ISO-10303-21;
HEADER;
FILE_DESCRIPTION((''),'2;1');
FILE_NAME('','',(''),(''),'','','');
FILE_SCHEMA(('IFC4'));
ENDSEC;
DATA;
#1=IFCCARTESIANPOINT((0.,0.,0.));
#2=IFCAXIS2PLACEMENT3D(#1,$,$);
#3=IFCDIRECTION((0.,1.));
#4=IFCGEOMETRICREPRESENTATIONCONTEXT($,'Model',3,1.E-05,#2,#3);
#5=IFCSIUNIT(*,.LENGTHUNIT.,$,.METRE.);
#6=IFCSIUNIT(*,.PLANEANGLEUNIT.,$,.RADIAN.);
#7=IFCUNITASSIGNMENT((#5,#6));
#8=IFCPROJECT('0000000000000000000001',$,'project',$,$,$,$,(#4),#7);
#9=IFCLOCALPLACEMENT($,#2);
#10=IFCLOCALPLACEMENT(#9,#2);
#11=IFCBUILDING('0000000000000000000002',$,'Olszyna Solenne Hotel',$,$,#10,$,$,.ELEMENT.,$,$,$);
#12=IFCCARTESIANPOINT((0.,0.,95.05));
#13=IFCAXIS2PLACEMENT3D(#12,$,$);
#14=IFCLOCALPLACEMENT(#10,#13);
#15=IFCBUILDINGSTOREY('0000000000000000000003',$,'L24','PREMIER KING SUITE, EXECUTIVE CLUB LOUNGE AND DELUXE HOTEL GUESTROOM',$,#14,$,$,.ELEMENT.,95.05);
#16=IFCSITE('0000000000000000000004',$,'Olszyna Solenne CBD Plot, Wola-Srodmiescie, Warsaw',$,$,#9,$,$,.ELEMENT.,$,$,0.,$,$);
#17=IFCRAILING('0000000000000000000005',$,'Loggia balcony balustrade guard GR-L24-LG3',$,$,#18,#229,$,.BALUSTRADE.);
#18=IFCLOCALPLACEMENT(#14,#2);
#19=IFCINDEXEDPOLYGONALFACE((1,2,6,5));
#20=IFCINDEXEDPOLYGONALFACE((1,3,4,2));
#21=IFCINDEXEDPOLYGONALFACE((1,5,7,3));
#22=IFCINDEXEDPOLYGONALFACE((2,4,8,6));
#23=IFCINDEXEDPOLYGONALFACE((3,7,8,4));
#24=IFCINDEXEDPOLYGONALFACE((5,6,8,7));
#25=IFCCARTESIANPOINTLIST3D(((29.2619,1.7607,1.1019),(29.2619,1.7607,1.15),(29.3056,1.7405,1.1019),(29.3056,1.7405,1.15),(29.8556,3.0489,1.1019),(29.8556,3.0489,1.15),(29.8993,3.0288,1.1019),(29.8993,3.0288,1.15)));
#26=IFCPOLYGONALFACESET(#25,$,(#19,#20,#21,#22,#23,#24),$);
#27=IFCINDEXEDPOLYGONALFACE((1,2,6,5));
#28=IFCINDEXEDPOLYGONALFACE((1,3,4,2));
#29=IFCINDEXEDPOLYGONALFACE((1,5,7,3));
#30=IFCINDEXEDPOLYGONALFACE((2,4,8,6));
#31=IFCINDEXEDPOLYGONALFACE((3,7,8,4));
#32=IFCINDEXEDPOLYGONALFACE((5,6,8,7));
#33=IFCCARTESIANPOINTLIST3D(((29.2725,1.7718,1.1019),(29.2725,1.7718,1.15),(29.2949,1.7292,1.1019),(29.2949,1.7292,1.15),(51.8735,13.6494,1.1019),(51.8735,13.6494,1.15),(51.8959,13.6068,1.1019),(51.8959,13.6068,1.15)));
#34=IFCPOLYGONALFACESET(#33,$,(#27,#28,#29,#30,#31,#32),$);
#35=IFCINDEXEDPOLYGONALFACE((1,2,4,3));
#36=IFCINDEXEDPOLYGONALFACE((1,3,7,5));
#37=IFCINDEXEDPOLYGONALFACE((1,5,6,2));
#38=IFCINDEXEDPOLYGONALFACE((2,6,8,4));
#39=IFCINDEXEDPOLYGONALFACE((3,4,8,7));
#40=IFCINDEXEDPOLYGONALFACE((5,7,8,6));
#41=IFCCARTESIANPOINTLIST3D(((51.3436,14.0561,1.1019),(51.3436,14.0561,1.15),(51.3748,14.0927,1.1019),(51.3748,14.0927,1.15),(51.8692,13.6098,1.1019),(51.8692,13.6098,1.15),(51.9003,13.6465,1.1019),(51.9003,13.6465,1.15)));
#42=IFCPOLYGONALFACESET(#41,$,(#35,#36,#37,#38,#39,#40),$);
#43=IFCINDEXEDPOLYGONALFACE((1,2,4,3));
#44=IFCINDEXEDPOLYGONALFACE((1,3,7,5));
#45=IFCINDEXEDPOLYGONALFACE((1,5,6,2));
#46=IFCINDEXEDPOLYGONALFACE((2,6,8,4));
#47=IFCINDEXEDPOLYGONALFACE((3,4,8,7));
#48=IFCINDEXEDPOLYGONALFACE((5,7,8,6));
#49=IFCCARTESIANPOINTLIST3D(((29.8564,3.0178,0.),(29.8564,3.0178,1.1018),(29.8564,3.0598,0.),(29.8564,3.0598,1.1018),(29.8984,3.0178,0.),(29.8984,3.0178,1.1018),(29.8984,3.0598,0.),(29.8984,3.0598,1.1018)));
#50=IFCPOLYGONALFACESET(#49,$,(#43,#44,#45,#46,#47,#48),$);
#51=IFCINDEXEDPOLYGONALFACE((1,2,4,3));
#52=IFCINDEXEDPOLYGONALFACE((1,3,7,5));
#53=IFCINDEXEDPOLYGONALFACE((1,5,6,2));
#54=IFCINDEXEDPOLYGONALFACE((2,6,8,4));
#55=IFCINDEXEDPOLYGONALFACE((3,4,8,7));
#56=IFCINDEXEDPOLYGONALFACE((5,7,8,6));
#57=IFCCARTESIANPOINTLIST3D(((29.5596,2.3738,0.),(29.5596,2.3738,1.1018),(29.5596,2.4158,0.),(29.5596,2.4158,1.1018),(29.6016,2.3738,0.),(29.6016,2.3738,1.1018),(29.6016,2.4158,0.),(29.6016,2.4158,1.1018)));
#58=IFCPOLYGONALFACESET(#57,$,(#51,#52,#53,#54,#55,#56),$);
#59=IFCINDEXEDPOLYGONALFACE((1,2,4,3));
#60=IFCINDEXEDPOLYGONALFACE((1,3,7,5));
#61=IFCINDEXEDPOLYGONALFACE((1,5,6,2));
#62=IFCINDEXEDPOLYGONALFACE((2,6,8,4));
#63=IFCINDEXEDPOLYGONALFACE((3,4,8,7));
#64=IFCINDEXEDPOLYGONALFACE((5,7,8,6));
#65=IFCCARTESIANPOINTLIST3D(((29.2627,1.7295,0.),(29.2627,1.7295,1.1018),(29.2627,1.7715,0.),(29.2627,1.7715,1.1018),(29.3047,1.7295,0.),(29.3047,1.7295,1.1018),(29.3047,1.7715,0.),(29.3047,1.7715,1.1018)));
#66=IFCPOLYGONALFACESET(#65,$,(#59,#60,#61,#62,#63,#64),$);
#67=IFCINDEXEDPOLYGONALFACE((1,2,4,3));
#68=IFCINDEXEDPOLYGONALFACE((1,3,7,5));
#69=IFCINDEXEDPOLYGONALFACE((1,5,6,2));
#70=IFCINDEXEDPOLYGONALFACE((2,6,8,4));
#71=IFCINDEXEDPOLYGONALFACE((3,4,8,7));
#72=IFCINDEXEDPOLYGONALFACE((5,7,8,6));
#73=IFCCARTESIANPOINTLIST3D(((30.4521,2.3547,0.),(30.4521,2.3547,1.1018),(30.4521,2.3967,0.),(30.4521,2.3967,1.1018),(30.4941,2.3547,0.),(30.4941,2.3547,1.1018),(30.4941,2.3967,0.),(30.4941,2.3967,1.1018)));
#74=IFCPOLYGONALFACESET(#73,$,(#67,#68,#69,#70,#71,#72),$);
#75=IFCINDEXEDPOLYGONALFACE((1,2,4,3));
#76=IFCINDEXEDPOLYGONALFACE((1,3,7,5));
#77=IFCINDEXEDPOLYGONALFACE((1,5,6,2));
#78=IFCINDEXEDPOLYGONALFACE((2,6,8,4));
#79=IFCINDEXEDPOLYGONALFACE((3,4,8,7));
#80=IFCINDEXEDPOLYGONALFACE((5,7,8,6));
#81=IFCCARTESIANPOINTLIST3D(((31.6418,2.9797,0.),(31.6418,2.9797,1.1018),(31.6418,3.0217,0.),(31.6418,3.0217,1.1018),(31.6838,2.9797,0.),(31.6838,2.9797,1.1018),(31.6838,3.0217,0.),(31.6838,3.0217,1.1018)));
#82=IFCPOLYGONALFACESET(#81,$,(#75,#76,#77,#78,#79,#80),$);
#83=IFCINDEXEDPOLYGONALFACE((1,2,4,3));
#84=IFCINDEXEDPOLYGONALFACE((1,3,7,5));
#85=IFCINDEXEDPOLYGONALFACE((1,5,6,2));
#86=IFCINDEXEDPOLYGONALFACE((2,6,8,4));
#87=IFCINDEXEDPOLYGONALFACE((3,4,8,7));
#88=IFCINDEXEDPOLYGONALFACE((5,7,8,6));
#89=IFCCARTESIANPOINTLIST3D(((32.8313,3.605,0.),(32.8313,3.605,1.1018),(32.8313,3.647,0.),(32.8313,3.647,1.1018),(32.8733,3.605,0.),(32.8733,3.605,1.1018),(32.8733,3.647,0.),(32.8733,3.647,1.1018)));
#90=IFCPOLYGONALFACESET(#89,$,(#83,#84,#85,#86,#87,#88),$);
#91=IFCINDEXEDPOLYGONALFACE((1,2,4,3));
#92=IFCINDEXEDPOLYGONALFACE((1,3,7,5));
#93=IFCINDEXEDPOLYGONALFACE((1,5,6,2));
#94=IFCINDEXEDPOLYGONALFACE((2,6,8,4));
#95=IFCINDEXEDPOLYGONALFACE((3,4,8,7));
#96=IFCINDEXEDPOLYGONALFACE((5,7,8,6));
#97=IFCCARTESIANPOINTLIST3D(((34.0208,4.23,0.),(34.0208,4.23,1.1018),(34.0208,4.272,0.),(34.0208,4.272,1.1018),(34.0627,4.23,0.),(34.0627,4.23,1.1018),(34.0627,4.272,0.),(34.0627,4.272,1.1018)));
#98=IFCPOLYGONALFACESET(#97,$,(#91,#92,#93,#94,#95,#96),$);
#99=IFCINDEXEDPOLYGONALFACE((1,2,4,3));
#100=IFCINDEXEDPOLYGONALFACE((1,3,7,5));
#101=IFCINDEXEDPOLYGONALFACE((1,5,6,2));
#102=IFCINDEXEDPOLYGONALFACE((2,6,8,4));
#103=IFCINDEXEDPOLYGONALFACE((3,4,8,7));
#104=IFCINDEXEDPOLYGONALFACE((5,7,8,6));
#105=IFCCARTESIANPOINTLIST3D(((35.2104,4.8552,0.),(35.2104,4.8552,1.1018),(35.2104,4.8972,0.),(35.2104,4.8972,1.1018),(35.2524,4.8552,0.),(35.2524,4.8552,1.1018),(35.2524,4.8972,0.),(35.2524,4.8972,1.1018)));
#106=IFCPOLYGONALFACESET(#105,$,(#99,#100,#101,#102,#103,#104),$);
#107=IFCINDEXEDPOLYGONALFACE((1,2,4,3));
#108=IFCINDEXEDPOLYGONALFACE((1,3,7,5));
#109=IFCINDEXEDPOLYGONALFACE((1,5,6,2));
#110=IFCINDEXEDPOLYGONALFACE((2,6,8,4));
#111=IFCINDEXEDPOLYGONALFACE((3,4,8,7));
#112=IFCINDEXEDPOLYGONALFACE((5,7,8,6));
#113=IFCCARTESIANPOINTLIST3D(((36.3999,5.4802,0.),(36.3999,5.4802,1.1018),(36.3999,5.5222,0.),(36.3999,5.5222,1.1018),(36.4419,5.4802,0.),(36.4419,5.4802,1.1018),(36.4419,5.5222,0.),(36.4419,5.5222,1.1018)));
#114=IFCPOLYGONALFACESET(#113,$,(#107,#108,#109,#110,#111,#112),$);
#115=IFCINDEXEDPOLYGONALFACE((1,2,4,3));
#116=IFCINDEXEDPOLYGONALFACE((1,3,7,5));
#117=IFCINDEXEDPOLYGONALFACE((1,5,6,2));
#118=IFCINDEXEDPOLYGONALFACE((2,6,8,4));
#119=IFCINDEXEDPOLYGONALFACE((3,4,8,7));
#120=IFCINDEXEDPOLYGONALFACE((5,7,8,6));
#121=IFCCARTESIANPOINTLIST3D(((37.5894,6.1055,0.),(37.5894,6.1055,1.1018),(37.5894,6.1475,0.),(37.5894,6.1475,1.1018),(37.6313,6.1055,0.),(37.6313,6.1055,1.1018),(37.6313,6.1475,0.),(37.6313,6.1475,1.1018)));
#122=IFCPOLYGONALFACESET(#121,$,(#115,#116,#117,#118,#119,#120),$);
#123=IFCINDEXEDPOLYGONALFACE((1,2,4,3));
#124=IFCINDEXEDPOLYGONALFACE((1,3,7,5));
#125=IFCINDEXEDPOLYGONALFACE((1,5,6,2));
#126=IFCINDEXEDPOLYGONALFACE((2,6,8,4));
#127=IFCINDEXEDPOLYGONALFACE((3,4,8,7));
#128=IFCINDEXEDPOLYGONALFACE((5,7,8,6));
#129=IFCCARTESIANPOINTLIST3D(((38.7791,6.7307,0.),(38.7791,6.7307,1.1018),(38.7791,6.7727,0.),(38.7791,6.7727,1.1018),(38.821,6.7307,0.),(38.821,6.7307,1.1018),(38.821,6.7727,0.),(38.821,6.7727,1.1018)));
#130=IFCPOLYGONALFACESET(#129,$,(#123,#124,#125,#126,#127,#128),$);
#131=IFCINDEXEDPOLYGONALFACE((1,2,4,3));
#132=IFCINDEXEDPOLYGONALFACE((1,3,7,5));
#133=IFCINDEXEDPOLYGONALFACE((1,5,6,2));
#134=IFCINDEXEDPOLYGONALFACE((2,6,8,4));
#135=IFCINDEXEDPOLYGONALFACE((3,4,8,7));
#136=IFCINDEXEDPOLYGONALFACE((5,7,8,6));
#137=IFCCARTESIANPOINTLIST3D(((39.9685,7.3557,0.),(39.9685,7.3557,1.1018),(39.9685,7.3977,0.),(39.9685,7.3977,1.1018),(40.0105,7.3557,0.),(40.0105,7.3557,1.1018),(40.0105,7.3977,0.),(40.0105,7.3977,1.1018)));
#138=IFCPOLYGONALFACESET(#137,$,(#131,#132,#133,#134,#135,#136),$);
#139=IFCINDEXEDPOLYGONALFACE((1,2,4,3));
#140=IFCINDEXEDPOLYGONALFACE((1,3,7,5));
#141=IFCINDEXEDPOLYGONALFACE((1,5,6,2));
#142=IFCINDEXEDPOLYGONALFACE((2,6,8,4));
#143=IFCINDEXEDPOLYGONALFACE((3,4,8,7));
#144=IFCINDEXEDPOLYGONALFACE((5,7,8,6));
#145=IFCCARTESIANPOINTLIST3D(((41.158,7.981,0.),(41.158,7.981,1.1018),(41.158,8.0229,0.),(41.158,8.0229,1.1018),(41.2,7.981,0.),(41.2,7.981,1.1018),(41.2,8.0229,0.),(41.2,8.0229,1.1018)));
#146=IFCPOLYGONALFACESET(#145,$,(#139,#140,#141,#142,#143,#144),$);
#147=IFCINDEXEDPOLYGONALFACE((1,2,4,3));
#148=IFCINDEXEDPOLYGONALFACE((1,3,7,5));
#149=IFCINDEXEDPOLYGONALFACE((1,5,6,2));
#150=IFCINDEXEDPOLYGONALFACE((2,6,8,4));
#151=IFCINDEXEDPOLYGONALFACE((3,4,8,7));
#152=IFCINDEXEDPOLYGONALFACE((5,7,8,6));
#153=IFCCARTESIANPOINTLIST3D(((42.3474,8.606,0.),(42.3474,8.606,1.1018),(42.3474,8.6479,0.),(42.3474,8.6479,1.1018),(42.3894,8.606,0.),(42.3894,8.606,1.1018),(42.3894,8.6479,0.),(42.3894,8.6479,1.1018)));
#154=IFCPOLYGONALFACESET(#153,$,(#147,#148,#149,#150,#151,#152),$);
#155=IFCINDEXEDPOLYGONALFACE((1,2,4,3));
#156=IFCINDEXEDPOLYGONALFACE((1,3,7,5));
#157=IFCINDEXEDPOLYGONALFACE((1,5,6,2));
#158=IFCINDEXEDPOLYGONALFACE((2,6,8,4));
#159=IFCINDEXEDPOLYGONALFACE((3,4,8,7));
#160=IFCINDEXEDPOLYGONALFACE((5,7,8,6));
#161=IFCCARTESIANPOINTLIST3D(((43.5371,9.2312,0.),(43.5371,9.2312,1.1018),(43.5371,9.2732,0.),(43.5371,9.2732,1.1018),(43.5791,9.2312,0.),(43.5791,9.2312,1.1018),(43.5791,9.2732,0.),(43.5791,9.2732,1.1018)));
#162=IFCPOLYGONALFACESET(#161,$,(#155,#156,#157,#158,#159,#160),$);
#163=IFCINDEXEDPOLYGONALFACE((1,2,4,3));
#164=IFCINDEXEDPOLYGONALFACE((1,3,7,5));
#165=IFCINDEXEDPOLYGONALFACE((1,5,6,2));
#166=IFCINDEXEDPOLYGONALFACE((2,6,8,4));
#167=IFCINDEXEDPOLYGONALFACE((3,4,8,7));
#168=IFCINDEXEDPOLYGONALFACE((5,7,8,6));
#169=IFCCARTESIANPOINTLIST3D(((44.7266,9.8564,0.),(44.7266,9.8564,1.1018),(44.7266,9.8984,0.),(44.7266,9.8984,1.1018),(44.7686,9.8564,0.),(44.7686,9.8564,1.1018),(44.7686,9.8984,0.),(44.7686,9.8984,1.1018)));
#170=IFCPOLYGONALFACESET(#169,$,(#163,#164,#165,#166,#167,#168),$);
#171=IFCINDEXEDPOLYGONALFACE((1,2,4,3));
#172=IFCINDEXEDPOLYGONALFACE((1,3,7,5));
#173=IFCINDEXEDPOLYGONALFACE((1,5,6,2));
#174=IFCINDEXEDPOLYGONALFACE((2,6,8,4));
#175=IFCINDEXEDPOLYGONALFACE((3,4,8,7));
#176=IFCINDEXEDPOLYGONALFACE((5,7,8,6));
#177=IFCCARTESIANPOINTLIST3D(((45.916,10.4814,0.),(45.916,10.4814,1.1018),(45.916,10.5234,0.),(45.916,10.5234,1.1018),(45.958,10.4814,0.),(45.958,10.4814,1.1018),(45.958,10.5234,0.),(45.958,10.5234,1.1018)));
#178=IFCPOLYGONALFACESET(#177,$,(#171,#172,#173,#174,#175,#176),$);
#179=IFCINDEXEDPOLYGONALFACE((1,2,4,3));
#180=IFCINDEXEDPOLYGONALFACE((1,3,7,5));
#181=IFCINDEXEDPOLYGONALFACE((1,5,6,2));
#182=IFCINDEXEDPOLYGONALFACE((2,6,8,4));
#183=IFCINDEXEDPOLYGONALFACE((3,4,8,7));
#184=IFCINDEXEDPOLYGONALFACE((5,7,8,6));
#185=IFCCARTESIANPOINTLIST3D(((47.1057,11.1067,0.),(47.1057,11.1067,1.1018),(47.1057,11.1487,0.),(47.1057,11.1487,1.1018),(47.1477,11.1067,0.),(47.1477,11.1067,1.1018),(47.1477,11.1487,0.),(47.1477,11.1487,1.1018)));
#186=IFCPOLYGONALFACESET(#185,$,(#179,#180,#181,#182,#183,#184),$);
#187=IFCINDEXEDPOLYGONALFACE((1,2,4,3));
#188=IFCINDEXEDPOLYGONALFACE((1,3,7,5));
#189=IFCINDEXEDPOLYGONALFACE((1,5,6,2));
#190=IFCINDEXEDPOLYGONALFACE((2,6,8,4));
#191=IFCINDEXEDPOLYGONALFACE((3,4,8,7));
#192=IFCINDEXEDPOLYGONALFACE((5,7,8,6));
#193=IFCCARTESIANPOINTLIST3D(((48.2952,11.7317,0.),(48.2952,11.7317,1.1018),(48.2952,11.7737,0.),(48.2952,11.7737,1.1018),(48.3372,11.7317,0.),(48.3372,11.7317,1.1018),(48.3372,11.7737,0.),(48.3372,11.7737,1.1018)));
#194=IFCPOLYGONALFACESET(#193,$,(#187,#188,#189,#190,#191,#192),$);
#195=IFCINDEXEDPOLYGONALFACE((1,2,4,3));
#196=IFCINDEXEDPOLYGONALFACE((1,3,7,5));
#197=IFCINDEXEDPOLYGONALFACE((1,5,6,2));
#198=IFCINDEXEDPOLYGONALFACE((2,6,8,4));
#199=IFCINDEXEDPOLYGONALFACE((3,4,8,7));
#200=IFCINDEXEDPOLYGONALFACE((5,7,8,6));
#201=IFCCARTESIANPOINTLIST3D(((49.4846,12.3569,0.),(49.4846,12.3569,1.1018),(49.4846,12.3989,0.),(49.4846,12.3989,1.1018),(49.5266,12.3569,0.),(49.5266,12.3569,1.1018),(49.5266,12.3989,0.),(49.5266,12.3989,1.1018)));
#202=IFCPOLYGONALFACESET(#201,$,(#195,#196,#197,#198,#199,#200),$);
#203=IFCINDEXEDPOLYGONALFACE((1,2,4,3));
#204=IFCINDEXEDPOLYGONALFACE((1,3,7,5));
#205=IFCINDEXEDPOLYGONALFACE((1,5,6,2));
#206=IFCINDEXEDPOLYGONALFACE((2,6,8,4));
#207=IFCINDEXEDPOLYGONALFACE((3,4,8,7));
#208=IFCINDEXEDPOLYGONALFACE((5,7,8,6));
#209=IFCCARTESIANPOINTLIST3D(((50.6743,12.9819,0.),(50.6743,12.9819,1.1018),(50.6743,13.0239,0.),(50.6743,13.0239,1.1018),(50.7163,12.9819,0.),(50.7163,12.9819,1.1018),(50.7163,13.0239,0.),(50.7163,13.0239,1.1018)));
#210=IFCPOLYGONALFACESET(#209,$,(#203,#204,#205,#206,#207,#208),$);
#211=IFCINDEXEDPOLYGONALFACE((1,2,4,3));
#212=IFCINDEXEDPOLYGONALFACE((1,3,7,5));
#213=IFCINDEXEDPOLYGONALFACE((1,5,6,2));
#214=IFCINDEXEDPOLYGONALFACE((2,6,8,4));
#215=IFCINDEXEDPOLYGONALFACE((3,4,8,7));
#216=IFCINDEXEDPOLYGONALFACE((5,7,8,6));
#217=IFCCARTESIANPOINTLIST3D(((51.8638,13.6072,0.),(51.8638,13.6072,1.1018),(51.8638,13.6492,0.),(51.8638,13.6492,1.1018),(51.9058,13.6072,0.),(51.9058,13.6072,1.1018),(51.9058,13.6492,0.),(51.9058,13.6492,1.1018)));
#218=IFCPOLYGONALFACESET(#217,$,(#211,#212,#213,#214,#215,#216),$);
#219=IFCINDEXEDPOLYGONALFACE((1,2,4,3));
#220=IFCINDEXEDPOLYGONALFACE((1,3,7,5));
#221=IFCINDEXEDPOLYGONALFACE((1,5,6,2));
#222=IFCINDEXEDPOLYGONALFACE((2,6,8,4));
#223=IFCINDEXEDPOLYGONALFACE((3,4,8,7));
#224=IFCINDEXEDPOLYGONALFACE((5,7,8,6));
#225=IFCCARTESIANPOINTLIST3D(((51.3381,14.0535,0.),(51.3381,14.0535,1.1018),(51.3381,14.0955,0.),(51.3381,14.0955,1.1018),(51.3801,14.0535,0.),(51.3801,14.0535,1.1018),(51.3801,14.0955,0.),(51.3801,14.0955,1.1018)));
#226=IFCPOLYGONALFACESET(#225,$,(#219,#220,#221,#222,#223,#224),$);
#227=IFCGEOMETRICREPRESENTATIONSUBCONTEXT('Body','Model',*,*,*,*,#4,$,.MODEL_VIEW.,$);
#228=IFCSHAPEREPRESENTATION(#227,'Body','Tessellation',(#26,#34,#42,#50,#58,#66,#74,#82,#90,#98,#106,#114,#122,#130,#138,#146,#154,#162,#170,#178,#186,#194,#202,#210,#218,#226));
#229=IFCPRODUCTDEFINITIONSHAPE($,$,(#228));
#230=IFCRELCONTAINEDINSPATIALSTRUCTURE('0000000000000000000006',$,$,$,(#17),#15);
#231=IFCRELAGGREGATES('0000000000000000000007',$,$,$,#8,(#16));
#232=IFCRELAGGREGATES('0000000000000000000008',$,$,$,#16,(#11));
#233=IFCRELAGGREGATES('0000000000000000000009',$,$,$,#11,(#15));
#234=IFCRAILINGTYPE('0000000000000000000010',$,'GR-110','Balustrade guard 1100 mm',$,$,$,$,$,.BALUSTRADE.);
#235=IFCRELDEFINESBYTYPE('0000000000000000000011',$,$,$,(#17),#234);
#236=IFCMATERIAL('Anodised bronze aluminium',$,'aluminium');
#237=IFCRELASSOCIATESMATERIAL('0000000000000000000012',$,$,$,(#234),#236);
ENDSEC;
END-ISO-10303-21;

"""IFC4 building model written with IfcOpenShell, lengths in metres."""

from ifc_helpers import new_model, si_unit, direction, frame, origin, origin_2d, place, context, subcontext, project, spatial, rectangle, extrude, material, type_object, element, save


model = new_model("IFC4")

# Units and contexts
model_context = context("Model", 3, precision=1e-05, world=origin(), true_north=direction((0.0, 1.0)))
body_context = subcontext(model_context, "Body", "Model", "MODEL_VIEW")
ifc_project = project(units=[si_unit("LENGTHUNIT", "METRE"), si_unit("PLANEANGLEUNIT", "RADIAN")], contexts=[model_context])

# Site, building, storey
site_placement = place(None, origin())
site = spatial("IfcSite", under=ifc_project, at=site_placement, Name="Olszyna Solenne CBD Plot, Wola-Srodmiescie, Warsaw", CompositionType="ELEMENT", RefElevation=0.0)
building_placement = place(site_placement, origin())
building = spatial("IfcBuilding", under=site, at=building_placement, Name="Olszyna Solenne Hotel", CompositionType="ELEMENT")
storey_placement = place(building_placement, frame((0.0, 0.0, 95.05)))
storey = spatial("IfcBuildingStorey", under=building, at=storey_placement, Name="L24", Description="PREMIER KING SUITE, EXECUTIVE CLUB LOUNGE AND DELUXE HOTEL GUESTROOM", CompositionType="ELEMENT", Elevation=95.05)

# Shared definitions
ifc_material_1 = material(Name="Anodised bronze aluminium", Category="aluminium")

# Railing
railing_type = type_object("IfcRailingType", Name="GR-110", Description="Balustrade guard 1100 mm", PredefinedType="BALUSTRADE", material=ifc_material_1)
railing_placement = place(storey_placement, frame((29.8774, 3.0388, 0.0)))
element("IfcRailing", 1, at=railing_placement, inside=storey, type_object=railing_type, Name="Loggia balcony balustrade guard GR-L24-LG3", PredefinedType="BALUSTRADE", context=body_context, shape_type="SweptSolid", body=[
    extrude(rectangle(XDim=0.0481, YDim=0.0481, at=origin_2d()), frame((0.0, 0.0, 1.126), z_axis=(-0.418556, -0.908191, 0.0), x_axis=(0.908191, -0.418556, 0.0)), (0.0, 0.0, 1.0), 1.4185),
    extrude(rectangle(XDim=0.0481, YDim=0.0481, at=origin_2d()), frame((-0.5938, -1.2883, 1.126), z_axis=(0.885202, 0.465206, 0.0), x_axis=(-0.465206, 0.885202, 0.0)), (0.0, 0.0, 1.0), 25.532),
    extrude(rectangle(XDim=0.0481, YDim=0.0481, at=origin_2d()), frame((22.0073, 10.5894, 1.126), z_axis=(-0.762297, 0.647227, 0.0), x_axis=(-0.647227, -0.762297, 0.0)), (0.0, 0.0, 1.0), 0.6895),
    extrude(rectangle(XDim=0.042, YDim=0.042, at=origin_2d()), origin(), (0.0, 0.0, 1.0), 1.1018),
    extrude(rectangle(XDim=0.042, YDim=0.042, at=origin_2d()), frame((-0.2969, -0.644, 0.0)), (0.0, 0.0, 1.0), 1.1018),
    extrude(rectangle(XDim=0.042, YDim=0.042, at=origin_2d()), frame((-0.5938, -1.2883, 0.0)), (0.0, 0.0, 1.0), 1.1018),
    extrude(rectangle(XDim=0.042, YDim=0.042, at=origin_2d()), frame((0.5957, -0.6631, 0.0)), (0.0, 0.0, 1.0), 1.1018),
    extrude(rectangle(XDim=0.042, YDim=0.042, at=origin_2d()), frame((1.7854, -0.0381, 0.0)), (0.0, 0.0, 1.0), 1.1018),
    extrude(rectangle(XDim=0.042, YDim=0.042, at=origin_2d()), frame((2.9749, 0.5872, 0.0)), (0.0, 0.0, 1.0), 1.1018),
    extrude(rectangle(XDim=0.042, YDim=0.042, at=origin_2d()), frame((4.1643, 1.2122, 0.0)), (0.0, 0.0, 1.0), 1.1018),
    extrude(rectangle(XDim=0.042, YDim=0.042, at=origin_2d()), frame((5.354, 1.8374, 0.0)), (0.0, 0.0, 1.0), 1.1018),
    extrude(rectangle(XDim=0.042, YDim=0.042, at=origin_2d()), frame((6.5435, 2.4624, 0.0)), (0.0, 0.0, 1.0), 1.1018),
    extrude(rectangle(XDim=0.042, YDim=0.042, at=origin_2d()), frame((7.7329, 3.0876, 0.0)), (0.0, 0.0, 1.0), 1.1018),
    extrude(rectangle(XDim=0.042, YDim=0.042, at=origin_2d()), frame((8.9226, 3.7129, 0.0)), (0.0, 0.0, 1.0), 1.1018),
    extrude(rectangle(XDim=0.042, YDim=0.042, at=origin_2d()), frame((10.1121, 4.3379, 0.0)), (0.0, 0.0, 1.0), 1.1018),
    extrude(rectangle(XDim=0.042, YDim=0.042, at=origin_2d()), frame((11.3015, 4.9631, 0.0)), (0.0, 0.0, 1.0), 1.1018),
    extrude(rectangle(XDim=0.042, YDim=0.042, at=origin_2d()), frame((12.491, 5.5881, 0.0)), (0.0, 0.0, 1.0), 1.1018),
    extrude(rectangle(XDim=0.042, YDim=0.042, at=origin_2d()), frame((13.6807, 6.2134, 0.0)), (0.0, 0.0, 1.0), 1.1018),
    extrude(rectangle(XDim=0.042, YDim=0.042, at=origin_2d()), frame((14.8701, 6.8386, 0.0)), (0.0, 0.0, 1.0), 1.1018),
    extrude(rectangle(XDim=0.042, YDim=0.042, at=origin_2d()), frame((16.0596, 7.4636, 0.0)), (0.0, 0.0, 1.0), 1.1018),
    extrude(rectangle(XDim=0.042, YDim=0.042, at=origin_2d()), frame((17.2493, 8.0889, 0.0)), (0.0, 0.0, 1.0), 1.1018),
    extrude(rectangle(XDim=0.042, YDim=0.042, at=origin_2d()), frame((18.4387, 8.7139, 0.0)), (0.0, 0.0, 1.0), 1.1018),
    extrude(rectangle(XDim=0.042, YDim=0.042, at=origin_2d()), frame((19.6282, 9.3391, 0.0)), (0.0, 0.0, 1.0), 1.1018),
    extrude(rectangle(XDim=0.042, YDim=0.042, at=origin_2d()), frame((20.8179, 9.9641, 0.0)), (0.0, 0.0, 1.0), 1.1018),
    extrude(rectangle(XDim=0.042, YDim=0.042, at=origin_2d()), frame((22.0073, 10.5894, 0.0)), (0.0, 0.0, 1.0), 1.1018),
    extrude(rectangle(XDim=0.042, YDim=0.042, at=origin_2d()), frame((21.4817, 11.0356, 0.0)), (0.0, 0.0, 1.0), 1.1018),
])

save(model, "model.ifc")
